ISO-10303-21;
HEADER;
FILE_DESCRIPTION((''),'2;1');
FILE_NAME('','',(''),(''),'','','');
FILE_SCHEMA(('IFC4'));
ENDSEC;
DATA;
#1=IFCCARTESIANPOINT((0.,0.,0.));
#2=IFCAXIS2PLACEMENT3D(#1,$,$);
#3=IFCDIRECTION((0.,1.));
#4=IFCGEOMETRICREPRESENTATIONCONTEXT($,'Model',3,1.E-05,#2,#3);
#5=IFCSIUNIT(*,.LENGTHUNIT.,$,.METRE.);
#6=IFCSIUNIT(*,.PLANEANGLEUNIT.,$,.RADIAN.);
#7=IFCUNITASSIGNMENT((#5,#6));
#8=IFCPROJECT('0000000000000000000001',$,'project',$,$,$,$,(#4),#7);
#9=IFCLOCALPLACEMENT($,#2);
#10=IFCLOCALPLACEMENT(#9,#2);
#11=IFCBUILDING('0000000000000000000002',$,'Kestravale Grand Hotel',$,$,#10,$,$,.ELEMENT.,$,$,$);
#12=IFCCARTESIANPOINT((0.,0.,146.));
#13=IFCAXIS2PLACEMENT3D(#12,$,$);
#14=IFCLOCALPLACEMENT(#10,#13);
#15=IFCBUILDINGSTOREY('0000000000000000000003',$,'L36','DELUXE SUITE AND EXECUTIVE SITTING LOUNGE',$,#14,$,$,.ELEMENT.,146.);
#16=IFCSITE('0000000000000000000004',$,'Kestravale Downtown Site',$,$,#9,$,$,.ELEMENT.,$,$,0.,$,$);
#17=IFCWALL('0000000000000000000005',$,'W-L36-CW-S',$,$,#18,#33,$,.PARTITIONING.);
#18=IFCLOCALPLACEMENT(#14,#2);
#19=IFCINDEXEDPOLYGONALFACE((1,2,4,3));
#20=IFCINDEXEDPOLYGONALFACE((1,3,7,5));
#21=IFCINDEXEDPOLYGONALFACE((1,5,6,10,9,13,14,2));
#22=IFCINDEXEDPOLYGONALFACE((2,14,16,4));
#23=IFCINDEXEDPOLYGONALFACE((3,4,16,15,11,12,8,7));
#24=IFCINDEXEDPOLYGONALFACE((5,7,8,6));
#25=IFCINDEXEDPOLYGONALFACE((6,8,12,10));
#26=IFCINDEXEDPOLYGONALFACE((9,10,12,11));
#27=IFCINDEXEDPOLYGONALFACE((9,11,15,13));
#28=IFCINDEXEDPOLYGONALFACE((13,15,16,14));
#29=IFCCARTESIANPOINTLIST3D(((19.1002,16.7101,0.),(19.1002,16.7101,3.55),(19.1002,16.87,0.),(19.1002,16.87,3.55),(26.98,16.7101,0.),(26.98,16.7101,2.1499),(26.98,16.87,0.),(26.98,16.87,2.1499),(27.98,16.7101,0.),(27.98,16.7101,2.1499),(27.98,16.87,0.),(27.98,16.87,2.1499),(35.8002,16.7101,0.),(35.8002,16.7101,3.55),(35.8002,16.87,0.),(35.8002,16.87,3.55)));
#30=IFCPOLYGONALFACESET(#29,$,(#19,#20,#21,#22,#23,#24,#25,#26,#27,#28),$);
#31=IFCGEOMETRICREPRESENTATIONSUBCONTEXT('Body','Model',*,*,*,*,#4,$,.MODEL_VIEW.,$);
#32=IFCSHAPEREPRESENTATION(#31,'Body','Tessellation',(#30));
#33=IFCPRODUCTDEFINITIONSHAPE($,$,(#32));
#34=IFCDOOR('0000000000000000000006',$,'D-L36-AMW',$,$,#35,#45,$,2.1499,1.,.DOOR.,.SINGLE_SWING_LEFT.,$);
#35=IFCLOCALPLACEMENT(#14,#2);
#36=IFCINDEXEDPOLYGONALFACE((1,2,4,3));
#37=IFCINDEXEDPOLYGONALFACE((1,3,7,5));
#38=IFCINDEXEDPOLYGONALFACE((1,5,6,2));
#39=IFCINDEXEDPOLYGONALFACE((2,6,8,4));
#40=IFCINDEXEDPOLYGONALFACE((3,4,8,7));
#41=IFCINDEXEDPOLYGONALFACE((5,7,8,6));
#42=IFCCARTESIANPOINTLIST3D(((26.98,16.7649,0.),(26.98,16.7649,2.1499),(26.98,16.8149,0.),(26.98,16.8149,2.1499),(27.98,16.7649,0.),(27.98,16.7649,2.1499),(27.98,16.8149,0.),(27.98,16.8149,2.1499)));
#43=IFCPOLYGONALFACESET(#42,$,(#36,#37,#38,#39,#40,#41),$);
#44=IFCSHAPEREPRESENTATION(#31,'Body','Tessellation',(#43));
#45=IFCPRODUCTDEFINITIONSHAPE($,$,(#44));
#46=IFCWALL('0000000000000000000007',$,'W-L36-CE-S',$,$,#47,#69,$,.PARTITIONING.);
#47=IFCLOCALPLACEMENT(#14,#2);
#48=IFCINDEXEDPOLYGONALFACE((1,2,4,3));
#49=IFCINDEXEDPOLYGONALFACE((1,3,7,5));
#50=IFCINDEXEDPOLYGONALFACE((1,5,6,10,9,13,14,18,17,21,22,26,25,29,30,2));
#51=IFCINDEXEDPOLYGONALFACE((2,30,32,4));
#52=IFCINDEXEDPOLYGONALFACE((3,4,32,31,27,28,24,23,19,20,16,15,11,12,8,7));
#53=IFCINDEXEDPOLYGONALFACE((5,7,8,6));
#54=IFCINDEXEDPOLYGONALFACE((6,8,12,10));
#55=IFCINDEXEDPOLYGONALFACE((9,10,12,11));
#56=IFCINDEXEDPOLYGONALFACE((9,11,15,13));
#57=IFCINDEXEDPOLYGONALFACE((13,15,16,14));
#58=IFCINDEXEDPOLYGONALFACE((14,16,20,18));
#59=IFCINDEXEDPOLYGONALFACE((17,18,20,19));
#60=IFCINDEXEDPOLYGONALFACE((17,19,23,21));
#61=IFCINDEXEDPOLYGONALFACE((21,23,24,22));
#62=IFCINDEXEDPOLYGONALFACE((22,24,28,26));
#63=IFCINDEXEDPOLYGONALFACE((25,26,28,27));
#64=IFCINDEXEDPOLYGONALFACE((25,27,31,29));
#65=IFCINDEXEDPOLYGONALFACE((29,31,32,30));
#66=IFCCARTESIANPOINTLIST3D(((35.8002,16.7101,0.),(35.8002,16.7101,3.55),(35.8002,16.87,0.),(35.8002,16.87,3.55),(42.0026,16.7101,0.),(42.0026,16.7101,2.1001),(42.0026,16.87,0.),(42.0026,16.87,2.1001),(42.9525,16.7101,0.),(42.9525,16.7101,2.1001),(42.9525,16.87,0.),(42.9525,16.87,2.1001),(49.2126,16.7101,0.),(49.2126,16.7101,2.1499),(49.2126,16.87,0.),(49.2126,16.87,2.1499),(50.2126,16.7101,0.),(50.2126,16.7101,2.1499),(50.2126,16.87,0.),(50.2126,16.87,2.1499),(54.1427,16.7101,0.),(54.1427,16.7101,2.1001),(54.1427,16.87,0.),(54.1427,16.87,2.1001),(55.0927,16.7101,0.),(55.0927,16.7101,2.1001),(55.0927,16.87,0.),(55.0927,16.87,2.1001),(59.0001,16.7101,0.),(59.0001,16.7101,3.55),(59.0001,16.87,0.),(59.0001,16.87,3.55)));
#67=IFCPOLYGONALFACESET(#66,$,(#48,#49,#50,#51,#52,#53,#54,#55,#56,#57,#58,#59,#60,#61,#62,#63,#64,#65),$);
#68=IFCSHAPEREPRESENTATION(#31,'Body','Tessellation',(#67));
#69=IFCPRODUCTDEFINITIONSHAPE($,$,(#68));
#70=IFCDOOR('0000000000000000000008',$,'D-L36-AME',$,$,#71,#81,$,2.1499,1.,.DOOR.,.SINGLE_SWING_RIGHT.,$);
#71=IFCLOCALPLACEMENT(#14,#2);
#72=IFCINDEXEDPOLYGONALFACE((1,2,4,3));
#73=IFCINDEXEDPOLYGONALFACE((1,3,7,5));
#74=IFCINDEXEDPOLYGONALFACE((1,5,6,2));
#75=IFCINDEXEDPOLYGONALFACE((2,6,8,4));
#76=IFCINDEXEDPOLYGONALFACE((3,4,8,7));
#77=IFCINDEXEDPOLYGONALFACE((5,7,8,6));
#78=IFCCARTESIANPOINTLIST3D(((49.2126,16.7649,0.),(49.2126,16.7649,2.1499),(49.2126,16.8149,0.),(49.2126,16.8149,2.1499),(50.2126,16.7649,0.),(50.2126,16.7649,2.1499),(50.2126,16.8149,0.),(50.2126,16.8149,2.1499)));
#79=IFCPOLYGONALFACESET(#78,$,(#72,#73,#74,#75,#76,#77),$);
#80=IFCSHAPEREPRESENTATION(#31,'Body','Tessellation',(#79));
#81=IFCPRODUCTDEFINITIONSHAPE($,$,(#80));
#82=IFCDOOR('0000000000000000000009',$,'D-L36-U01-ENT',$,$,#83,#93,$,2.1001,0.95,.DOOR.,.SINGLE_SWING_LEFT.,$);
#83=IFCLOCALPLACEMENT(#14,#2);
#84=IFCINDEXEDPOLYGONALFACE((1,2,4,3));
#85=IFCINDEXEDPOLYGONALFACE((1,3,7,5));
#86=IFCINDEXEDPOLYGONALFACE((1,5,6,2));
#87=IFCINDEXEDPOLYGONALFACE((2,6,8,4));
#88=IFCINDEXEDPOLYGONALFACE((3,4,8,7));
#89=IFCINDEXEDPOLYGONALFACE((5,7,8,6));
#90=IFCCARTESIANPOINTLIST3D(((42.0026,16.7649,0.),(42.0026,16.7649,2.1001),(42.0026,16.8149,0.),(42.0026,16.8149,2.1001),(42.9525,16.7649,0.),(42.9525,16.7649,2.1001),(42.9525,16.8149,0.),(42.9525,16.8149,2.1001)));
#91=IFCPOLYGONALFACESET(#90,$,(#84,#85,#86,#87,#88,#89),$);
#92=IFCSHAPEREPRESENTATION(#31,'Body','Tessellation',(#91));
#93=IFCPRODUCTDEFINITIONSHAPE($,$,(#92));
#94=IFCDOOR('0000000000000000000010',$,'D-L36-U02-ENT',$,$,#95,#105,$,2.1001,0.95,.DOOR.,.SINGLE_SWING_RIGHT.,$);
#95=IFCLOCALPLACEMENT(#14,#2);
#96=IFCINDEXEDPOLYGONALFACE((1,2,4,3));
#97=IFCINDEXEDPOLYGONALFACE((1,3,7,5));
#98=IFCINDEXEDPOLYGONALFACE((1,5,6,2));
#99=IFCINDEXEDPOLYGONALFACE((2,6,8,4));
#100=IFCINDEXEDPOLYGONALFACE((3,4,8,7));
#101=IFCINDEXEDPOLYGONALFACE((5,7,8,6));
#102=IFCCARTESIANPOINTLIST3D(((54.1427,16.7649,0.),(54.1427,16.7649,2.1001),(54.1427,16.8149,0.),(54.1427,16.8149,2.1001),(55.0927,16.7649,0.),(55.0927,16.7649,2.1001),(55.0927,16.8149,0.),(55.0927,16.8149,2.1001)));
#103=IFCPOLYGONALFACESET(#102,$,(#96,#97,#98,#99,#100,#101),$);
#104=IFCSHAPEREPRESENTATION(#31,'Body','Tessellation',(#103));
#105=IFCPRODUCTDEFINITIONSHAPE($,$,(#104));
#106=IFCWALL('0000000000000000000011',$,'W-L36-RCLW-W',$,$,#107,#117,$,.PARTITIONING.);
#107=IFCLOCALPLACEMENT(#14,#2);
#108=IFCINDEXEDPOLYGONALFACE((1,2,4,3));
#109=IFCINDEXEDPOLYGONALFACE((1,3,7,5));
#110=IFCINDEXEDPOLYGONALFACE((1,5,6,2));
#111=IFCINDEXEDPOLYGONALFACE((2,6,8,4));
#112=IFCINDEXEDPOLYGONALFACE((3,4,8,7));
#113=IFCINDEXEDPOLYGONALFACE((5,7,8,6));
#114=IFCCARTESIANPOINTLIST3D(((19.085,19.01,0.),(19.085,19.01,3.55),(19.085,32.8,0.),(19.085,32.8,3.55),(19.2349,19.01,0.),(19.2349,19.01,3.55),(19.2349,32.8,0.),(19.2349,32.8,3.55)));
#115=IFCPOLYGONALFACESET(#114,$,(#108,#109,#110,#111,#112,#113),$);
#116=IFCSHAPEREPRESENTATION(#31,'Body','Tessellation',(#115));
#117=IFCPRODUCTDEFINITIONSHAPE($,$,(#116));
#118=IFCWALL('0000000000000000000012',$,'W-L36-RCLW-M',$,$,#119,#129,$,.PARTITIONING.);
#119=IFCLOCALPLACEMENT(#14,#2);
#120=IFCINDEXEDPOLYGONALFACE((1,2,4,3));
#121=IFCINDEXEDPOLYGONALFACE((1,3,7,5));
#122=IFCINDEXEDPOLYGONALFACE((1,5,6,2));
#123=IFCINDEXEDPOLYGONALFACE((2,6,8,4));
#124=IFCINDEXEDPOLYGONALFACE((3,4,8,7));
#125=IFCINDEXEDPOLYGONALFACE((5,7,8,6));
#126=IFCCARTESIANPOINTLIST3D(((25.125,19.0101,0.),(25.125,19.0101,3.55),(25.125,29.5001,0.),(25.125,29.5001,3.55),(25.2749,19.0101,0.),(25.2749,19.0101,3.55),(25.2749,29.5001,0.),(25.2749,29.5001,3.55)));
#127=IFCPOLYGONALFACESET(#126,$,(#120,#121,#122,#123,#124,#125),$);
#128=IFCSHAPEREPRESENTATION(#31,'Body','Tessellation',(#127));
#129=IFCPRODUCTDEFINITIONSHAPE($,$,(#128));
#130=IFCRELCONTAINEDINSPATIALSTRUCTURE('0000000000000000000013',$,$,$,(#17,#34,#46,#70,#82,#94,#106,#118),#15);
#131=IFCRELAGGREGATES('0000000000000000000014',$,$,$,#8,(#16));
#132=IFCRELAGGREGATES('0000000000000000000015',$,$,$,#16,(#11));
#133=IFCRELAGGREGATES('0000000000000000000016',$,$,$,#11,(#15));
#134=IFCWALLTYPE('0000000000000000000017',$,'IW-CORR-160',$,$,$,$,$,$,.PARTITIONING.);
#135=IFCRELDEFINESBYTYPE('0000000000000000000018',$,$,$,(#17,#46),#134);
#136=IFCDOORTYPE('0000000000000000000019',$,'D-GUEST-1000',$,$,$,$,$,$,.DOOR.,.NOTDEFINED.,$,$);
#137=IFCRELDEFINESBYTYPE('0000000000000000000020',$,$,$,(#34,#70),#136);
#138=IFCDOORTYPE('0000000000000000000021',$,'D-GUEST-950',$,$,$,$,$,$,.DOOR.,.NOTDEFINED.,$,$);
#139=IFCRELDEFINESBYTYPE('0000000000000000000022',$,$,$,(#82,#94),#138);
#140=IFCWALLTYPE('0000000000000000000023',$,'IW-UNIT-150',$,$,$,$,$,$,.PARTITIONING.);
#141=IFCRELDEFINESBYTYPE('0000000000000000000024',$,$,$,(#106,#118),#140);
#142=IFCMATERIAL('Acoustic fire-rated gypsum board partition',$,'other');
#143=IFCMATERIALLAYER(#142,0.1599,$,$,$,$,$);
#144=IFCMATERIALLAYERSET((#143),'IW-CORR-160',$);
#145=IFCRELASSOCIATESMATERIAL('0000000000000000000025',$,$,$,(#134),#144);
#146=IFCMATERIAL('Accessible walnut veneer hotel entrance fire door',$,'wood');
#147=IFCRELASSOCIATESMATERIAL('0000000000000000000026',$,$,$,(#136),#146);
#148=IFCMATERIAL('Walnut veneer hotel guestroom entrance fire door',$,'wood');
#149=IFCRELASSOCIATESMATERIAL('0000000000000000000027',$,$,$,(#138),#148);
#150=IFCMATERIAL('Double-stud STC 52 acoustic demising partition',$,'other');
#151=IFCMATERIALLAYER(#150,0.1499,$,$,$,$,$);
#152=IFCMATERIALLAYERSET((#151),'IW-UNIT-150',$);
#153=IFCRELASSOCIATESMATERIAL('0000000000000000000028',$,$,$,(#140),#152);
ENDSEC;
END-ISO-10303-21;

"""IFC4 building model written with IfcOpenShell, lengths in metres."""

from ifc_helpers import new_model, si_unit, direction, frame, frame_2d, origin, place, context, subcontext, project, spatial, rectangle, extrude, material, layer, layer_set, type_object, element, fill, save


model = new_model("IFC4")

# Units and contexts
model_context = context("Model", 3, precision=1e-05, world=origin(), true_north=direction((0.0, 1.0)))
body_context = subcontext(model_context, "Body", "Model", "MODEL_VIEW")
ifc_project = project(units=[si_unit("LENGTHUNIT", "METRE"), si_unit("PLANEANGLEUNIT", "RADIAN")], contexts=[model_context])

# Site, building, storey
site_placement = place(None, origin())
site = spatial("IfcSite", under=ifc_project, at=site_placement, Name="Kestravale Downtown Site", CompositionType="ELEMENT", RefElevation=0.0)
building_placement = place(site_placement, origin())
building = spatial("IfcBuilding", under=site, at=building_placement, Name="Kestravale Grand Hotel", CompositionType="ELEMENT")
storey_placement = place(building_placement, frame((0.0, 0.0, 146.0)))
storey = spatial("IfcBuildingStorey", under=building, at=storey_placement, Name="L36", Description="DELUXE SUITE AND EXECUTIVE SITTING LOUNGE", CompositionType="ELEMENT", Elevation=146.0)

# Shared definitions
ifc_material_1 = material(Name="Acoustic fire-rated gypsum board partition", Category="other")
ifc_layer_1 = layer(ifc_material_1, 0.1599)
ifc_layer_set_1 = layer_set([ifc_layer_1], Name="IW-CORR-160")
wall_type_1 = type_object("IfcWallType", Name="IW-CORR-160", PredefinedType="PARTITIONING", material=ifc_layer_set_1)
ifc_material_2 = material(Name="Accessible walnut veneer hotel entrance fire door", Category="wood")
door_type_1 = type_object("IfcDoorType", Name="D-GUEST-1000", OperationType="NOTDEFINED", PredefinedType="DOOR", material=ifc_material_2)

# Wall, opening, door
wall_1_placement = place(storey_placement, frame((19.1001, 16.79, 0.0), z_axis=(0.0, 0.0, 1.0), x_axis=(1.0, 0.0, 0.0)))
wall_1 = element("IfcWall", 1, at=wall_1_placement, inside=storey, type_object=wall_type_1, Name="W-L36-CW-S", PredefinedType="PARTITIONING", context=body_context, shape_type="SweptSolid", body=[
    extrude(rectangle(XDim=16.7, YDim=0.1599, at=frame_2d((8.3501, 0.0))), origin(), (0.0, 0.0, 1.0), 3.55),
])
opening_1_placement = place(wall_1_placement, frame((7.8799, 0.0, 0.0)))
opening_1 = element("IfcOpeningElement", 2, at=opening_1_placement, cuts=wall_1, PredefinedType="OPENING", context=body_context, shape_type="SweptSolid", body=[
    extrude(rectangle(XDim=1.0, YDim=2.1499, at=frame_2d((0.5, 1.075))), frame((0.0, 0.0898, 0.0), z_axis=(0.0, -1.0, 0.0), x_axis=(1.0, 0.0, 0.0)), (0.0, 0.0, 1.0), 0.1799),
])
door_1_placement = place(opening_1_placement, origin())
door_1 = element("IfcDoor", 3, at=door_1_placement, inside=storey, type_object=door_type_1, Name="D-L36-AMW", OperationType="SINGLE_SWING_LEFT", OverallHeight=2.1499, OverallWidth=1.0, PredefinedType="DOOR", context=body_context, shape_type="SweptSolid", body=[
    extrude(rectangle(XDim=1.0, YDim=2.1499, at=frame_2d((0.5, 1.075))), frame((0.0, 0.0249, 0.0), z_axis=(0.0, -1.0, 0.0), x_axis=(1.0, 0.0, 0.0)), (0.0, 0.0, 1.0), 0.05),
])
fill(opening_1, door_1)

# Wall, openings, doors
wall_2_placement = place(storey_placement, frame((35.8, 16.79, 0.0), z_axis=(0.0, 0.0, 1.0), x_axis=(1.0, 0.0, 0.0)))
wall_2 = element("IfcWall", 4, at=wall_2_placement, inside=storey, type_object=wall_type_1, Name="W-L36-CE-S", PredefinedType="PARTITIONING", context=body_context, shape_type="SweptSolid", body=[
    extrude(rectangle(XDim=23.2, YDim=0.1599, at=frame_2d((11.6001, 0.0))), origin(), (0.0, 0.0, 1.0), 3.55),
])
opening_2_placement = place(wall_2_placement, frame((6.2024, 0.0, 0.0)))
opening_2 = element("IfcOpeningElement", 5, at=opening_2_placement, cuts=wall_2, PredefinedType="OPENING", context=body_context, shape_type="SweptSolid", body=[
    extrude(rectangle(XDim=0.95, YDim=2.1001, at=frame_2d((0.4751, 1.05))), frame((0.0, 0.0898, 0.0), z_axis=(0.0, -1.0, 0.0), x_axis=(1.0, 0.0, 0.0)), (0.0, 0.0, 1.0), 0.1799),
])
opening_3_placement = place(wall_2_placement, frame((13.4126, 0.0, 0.0)))
opening_3 = element("IfcOpeningElement", 6, at=opening_3_placement, cuts=wall_2, PredefinedType="OPENING", context=body_context, shape_type="SweptSolid", body=[
    extrude(rectangle(XDim=1.0, YDim=2.1499, at=frame_2d((0.5, 1.075))), frame((0.0, 0.0898, 0.0), z_axis=(0.0, -1.0, 0.0), x_axis=(1.0, 0.0, 0.0)), (0.0, 0.0, 1.0), 0.1799),
])
opening_4_placement = place(wall_2_placement, frame((18.3425, 0.0, 0.0)))
opening_4 = element("IfcOpeningElement", 7, at=opening_4_placement, cuts=wall_2, PredefinedType="OPENING", context=body_context, shape_type="SweptSolid", body=[
    extrude(rectangle(XDim=0.95, YDim=2.1001, at=frame_2d((0.4751, 1.05))), frame((0.0, 0.0898, 0.0), z_axis=(0.0, -1.0, 0.0), x_axis=(1.0, 0.0, 0.0)), (0.0, 0.0, 1.0), 0.1799),
])
door_2_placement = place(opening_3_placement, origin())
door_2 = element("IfcDoor", 8, at=door_2_placement, inside=storey, type_object=door_type_1, Name="D-L36-AME", OperationType="SINGLE_SWING_RIGHT", OverallHeight=2.1499, OverallWidth=1.0, PredefinedType="DOOR", context=body_context, shape_type="SweptSolid", body=[
    extrude(rectangle(XDim=1.0, YDim=2.1499, at=frame_2d((0.5, 1.075))), frame((0.0, 0.0249, 0.0), z_axis=(0.0, -1.0, 0.0), x_axis=(1.0, 0.0, 0.0)), (0.0, 0.0, 1.0), 0.05),
])
fill(opening_3, door_2)
ifc_material_3 = material(Name="Walnut veneer hotel guestroom entrance fire door", Category="wood")
door_type_2 = type_object("IfcDoorType", Name="D-GUEST-950", OperationType="NOTDEFINED", PredefinedType="DOOR", material=ifc_material_3)
door_3_placement = place(opening_2_placement, origin())
door_3 = element("IfcDoor", 9, at=door_3_placement, inside=storey, type_object=door_type_2, Name="D-L36-U01-ENT", OperationType="SINGLE_SWING_LEFT", OverallHeight=2.1001, OverallWidth=0.95, PredefinedType="DOOR", context=body_context, shape_type="SweptSolid", body=[
    extrude(rectangle(XDim=0.95, YDim=2.1001, at=frame_2d((0.4751, 1.05))), frame((0.0, 0.0249, 0.0), z_axis=(0.0, -1.0, 0.0), x_axis=(1.0, 0.0, 0.0)), (0.0, 0.0, 1.0), 0.05),
])
fill(opening_2, door_3)
door_4_placement = place(opening_4_placement, origin())
door_4 = element("IfcDoor", 10, at=door_4_placement, inside=storey, type_object=door_type_2, Name="D-L36-U02-ENT", OperationType="SINGLE_SWING_RIGHT", OverallHeight=2.1001, OverallWidth=0.95, PredefinedType="DOOR", context=body_context, shape_type="SweptSolid", body=[
    extrude(rectangle(XDim=0.95, YDim=2.1001, at=frame_2d((0.4751, 1.05))), frame((0.0, 0.0249, 0.0), z_axis=(0.0, -1.0, 0.0), x_axis=(1.0, 0.0, 0.0)), (0.0, 0.0, 1.0), 0.05),
])
fill(opening_4, door_4)

# Walls
ifc_material_4 = material(Name="Double-stud STC 52 acoustic demising partition", Category="other")
ifc_layer_2 = layer(ifc_material_4, 0.1499)
ifc_layer_set_2 = layer_set([ifc_layer_2], Name="IW-UNIT-150")
wall_type_2 = type_object("IfcWallType", Name="IW-UNIT-150", PredefinedType="PARTITIONING", material=ifc_layer_set_2)
wall_3_placement = place(storey_placement, frame((19.1599, 19.01, 0.0), z_axis=(0.0, 0.0, 1.0), x_axis=(0.0, 1.0, 0.0)))
element("IfcWall", 11, at=wall_3_placement, inside=storey, type_object=wall_type_2, Name="W-L36-RCLW-W", PredefinedType="PARTITIONING", context=body_context, shape_type="SweptSolid", body=[
    extrude(rectangle(XDim=13.79, YDim=0.1499, at=frame_2d((6.895, 0.0))), origin(), (0.0, 0.0, 1.0), 3.55),
])
wall_4_placement = place(storey_placement, frame((25.2, 19.01, 0.0), z_axis=(0.0, 0.0, 1.0), x_axis=(0.0, 1.0, 0.0)))
element("IfcWall", 12, at=wall_4_placement, inside=storey, type_object=wall_type_2, Name="W-L36-RCLW-M", PredefinedType="PARTITIONING", context=body_context, shape_type="SweptSolid", body=[
    extrude(rectangle(XDim=10.49, YDim=0.1499, at=frame_2d((5.2451, 0.0))), origin(), (0.0, 0.0, 1.0), 3.55),
])

save(model, "model.ifc")
